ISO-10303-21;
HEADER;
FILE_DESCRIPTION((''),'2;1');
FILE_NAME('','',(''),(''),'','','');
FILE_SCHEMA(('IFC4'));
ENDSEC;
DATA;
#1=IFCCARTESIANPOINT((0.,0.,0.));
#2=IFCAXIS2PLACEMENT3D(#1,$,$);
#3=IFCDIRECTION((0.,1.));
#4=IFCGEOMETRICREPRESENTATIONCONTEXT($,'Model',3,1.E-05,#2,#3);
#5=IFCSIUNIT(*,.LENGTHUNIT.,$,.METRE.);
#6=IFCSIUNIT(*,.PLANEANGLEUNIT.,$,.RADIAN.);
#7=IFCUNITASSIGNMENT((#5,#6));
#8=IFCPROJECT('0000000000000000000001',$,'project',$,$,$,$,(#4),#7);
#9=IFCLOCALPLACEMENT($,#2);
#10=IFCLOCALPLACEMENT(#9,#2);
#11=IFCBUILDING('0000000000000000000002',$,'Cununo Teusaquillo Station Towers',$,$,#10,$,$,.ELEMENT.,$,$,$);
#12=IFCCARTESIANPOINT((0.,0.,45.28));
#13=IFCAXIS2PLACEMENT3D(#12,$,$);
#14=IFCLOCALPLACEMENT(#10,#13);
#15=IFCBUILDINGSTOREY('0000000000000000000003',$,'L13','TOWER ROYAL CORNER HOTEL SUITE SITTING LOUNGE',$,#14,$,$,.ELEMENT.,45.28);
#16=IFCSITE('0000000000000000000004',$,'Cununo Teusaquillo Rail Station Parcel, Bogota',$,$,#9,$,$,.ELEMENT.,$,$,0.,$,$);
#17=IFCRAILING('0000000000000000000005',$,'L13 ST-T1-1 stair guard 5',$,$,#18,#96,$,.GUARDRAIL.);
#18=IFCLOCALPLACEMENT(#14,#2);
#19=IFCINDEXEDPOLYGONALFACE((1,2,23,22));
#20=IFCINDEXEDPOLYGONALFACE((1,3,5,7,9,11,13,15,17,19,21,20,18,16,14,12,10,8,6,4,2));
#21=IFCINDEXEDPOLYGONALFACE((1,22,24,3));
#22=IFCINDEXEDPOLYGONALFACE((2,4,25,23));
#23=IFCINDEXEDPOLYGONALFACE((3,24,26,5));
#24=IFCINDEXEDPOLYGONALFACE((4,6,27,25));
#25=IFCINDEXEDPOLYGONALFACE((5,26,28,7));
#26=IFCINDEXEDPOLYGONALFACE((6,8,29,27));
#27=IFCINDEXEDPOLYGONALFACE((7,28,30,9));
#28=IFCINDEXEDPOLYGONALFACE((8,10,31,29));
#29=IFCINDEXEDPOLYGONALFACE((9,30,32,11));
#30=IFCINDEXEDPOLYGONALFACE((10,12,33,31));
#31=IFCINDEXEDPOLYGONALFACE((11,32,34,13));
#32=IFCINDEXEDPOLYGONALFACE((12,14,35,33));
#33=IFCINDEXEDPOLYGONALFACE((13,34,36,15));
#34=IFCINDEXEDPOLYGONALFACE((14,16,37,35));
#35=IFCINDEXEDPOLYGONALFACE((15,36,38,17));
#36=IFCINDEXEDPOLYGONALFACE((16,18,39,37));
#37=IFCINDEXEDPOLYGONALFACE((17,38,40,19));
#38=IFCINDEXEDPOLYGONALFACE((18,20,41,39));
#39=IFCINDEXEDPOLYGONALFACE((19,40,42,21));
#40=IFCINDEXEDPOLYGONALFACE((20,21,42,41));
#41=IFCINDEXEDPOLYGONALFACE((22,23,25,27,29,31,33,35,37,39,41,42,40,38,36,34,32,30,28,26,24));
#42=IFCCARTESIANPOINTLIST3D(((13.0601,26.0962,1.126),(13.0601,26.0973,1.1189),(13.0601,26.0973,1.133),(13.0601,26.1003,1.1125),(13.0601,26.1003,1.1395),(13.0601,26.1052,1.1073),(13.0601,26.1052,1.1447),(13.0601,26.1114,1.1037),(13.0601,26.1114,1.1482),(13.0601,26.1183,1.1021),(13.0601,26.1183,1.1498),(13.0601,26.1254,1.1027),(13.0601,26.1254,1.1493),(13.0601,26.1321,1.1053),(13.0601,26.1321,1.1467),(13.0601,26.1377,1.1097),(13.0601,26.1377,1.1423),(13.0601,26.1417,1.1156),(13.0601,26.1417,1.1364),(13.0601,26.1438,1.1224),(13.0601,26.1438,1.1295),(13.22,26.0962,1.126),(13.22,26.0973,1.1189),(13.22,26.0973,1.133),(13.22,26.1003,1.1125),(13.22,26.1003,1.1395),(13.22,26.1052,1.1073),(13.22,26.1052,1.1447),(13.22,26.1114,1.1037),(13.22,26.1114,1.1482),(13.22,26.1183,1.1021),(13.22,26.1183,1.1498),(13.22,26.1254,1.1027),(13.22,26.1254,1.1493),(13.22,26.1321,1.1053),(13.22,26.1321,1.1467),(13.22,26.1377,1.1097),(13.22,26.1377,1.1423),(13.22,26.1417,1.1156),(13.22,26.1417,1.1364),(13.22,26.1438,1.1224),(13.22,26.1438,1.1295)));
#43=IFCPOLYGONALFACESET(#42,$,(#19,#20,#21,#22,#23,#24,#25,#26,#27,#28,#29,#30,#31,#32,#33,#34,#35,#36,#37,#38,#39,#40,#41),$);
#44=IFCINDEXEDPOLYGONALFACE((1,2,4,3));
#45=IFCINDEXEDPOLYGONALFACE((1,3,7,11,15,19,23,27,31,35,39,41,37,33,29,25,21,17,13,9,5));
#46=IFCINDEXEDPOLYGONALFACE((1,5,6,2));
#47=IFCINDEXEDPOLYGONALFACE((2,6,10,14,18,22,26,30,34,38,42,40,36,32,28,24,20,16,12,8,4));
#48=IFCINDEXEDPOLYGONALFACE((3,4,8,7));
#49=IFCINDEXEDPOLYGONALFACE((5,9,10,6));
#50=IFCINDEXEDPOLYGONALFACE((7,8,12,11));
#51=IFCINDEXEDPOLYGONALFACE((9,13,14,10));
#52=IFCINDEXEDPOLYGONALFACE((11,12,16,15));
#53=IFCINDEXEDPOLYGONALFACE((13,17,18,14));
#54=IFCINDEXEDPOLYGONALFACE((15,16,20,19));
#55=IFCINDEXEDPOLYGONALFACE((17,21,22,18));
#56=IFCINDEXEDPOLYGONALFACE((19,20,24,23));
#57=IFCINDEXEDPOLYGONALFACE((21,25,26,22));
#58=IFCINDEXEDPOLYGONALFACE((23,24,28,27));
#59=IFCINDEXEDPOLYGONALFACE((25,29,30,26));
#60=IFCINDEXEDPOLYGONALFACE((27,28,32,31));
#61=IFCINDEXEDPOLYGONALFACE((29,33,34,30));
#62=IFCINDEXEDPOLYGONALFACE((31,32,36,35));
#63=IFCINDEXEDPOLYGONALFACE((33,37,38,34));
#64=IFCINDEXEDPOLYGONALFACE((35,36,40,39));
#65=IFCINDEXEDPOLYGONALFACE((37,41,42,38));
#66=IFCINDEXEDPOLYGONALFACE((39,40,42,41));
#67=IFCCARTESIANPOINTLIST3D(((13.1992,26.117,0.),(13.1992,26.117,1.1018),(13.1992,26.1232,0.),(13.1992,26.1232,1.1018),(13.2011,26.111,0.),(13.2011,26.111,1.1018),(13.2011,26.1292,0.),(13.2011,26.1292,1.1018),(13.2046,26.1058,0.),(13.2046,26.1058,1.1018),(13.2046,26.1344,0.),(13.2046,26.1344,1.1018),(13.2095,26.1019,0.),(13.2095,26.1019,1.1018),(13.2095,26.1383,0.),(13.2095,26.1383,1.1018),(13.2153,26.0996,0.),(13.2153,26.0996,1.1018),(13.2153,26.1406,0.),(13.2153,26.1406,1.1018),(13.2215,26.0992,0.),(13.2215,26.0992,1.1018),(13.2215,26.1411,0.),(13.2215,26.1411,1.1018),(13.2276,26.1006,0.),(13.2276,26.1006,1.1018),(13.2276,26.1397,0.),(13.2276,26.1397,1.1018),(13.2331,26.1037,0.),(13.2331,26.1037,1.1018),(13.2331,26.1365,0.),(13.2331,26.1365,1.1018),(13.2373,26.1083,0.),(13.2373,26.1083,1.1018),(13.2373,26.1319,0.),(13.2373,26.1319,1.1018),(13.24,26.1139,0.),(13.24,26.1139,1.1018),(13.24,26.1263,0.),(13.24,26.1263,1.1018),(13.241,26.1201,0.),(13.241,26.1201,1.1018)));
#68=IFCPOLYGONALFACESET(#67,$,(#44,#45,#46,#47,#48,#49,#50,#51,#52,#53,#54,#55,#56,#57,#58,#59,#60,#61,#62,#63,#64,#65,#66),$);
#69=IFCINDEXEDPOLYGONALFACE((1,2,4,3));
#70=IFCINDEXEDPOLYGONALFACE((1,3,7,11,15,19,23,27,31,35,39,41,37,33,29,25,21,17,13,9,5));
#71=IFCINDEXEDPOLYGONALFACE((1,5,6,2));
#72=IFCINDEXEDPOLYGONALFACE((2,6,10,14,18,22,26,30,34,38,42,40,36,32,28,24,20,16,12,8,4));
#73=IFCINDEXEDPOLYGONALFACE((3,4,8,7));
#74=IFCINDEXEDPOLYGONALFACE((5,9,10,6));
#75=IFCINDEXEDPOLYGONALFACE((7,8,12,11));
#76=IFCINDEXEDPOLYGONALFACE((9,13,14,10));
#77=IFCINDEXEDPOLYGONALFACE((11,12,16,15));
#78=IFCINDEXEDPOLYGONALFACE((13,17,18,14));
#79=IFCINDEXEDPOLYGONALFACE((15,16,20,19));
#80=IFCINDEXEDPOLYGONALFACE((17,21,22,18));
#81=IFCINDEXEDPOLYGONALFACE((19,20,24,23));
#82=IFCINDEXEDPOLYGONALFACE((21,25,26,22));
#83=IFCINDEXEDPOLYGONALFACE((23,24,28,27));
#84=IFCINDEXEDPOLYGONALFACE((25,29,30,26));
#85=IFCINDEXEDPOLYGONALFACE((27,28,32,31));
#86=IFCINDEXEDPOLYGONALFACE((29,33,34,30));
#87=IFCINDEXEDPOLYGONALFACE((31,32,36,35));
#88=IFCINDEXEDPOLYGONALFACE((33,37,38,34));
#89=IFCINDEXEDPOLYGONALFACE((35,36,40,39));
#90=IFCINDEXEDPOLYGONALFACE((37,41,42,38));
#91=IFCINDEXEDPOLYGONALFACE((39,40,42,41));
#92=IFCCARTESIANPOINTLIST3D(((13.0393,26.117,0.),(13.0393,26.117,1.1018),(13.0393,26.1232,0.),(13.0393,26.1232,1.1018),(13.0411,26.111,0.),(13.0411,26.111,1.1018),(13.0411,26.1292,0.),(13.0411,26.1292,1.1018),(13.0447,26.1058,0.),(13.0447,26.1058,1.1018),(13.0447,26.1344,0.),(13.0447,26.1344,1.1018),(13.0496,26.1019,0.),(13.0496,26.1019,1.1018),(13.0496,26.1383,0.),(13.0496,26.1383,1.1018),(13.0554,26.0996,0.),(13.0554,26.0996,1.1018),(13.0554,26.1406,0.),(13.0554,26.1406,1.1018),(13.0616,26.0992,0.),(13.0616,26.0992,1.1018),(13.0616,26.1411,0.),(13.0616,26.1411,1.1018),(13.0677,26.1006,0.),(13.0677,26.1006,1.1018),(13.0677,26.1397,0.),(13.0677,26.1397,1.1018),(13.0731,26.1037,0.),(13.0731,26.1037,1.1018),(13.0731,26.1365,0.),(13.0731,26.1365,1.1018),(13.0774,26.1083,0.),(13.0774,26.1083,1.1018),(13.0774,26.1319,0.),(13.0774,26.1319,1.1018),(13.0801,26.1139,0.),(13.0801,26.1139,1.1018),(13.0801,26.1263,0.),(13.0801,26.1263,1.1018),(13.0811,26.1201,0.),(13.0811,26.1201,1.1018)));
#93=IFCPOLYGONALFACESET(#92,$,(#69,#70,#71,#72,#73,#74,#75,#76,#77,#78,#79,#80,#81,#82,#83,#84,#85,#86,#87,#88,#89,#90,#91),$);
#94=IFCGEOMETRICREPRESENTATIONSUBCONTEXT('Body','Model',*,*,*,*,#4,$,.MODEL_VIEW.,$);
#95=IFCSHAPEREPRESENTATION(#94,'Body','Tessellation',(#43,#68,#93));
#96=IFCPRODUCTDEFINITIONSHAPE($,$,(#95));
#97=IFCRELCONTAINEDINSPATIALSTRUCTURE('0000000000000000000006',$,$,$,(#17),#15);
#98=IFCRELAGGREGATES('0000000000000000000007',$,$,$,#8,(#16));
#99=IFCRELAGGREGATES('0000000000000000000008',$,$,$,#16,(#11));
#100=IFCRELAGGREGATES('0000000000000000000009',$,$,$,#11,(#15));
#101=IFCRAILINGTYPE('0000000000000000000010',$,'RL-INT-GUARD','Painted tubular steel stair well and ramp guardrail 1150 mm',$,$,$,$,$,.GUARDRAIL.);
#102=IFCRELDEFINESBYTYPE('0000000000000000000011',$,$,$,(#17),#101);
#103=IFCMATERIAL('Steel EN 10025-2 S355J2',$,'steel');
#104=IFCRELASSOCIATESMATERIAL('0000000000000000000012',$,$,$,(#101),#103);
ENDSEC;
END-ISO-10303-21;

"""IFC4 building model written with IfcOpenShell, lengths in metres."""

from ifc_helpers import new_model, si_unit, direction, frame, origin, origin_2d, place, context, subcontext, project, spatial, circle, extrude, material, type_object, element, save


model = new_model("IFC4")

# Units and contexts
model_context = context("Model", 3, precision=1e-05, world=origin(), true_north=direction((0.0, 1.0)))
body_context = subcontext(model_context, "Body", "Model", "MODEL_VIEW")
ifc_project = project(units=[si_unit("LENGTHUNIT", "METRE"), si_unit("PLANEANGLEUNIT", "RADIAN")], contexts=[model_context])

# Site, building, storey
site_placement = place(None, origin())
site = spatial("IfcSite", under=ifc_project, at=site_placement, Name="Cununo Teusaquillo Rail Station Parcel, Bogota", CompositionType="ELEMENT", RefElevation=0.0)
building_placement = place(site_placement, origin())
building = spatial("IfcBuilding", under=site, at=building_placement, Name="Cununo Teusaquillo Station Towers", CompositionType="ELEMENT")
storey_placement = place(building_placement, frame((0.0, 0.0, 45.28)))
storey = spatial("IfcBuildingStorey", under=building, at=storey_placement, Name="L13", Description="TOWER ROYAL CORNER HOTEL SUITE SITTING LOUNGE", CompositionType="ELEMENT", Elevation=45.28)

# Railing
ifc_material_1 = material(Name="Steel EN 10025-2 S355J2", Category="steel")
railing_type_1 = type_object("IfcRailingType", Name="RL-INT-GUARD", Description="Painted tubular steel stair well and ramp guardrail 1150 mm", PredefinedType="GUARDRAIL", material=ifc_material_1)
railing_1_placement = place(storey_placement, frame((13.22, 26.1201, 0.0)))
element("IfcRailing", 1, at=railing_1_placement, inside=storey, type_object=railing_type_1, Name="L13 ST-T1-1 stair guard 5", PredefinedType="GUARDRAIL", context=body_context, shape_type="SweptSolid", body=[
    extrude(circle(Radius=0.0239, at=origin_2d()), frame((0.0, 0.0, 1.126), z_axis=(-1.0, 0.0, 0.0), x_axis=(0.0, -1.0, 0.0)), (0.0, 0.0, 1.0), 0.1599),
    extrude(circle(Radius=0.021, at=origin_2d()), origin(), (0.0, 0.0, 1.0), 1.1018),
    extrude(circle(Radius=0.021, at=origin_2d()), frame((-0.1599, 0.0, 0.0)), (0.0, 0.0, 1.0), 1.1018),
])

save(model, "model.ifc")
